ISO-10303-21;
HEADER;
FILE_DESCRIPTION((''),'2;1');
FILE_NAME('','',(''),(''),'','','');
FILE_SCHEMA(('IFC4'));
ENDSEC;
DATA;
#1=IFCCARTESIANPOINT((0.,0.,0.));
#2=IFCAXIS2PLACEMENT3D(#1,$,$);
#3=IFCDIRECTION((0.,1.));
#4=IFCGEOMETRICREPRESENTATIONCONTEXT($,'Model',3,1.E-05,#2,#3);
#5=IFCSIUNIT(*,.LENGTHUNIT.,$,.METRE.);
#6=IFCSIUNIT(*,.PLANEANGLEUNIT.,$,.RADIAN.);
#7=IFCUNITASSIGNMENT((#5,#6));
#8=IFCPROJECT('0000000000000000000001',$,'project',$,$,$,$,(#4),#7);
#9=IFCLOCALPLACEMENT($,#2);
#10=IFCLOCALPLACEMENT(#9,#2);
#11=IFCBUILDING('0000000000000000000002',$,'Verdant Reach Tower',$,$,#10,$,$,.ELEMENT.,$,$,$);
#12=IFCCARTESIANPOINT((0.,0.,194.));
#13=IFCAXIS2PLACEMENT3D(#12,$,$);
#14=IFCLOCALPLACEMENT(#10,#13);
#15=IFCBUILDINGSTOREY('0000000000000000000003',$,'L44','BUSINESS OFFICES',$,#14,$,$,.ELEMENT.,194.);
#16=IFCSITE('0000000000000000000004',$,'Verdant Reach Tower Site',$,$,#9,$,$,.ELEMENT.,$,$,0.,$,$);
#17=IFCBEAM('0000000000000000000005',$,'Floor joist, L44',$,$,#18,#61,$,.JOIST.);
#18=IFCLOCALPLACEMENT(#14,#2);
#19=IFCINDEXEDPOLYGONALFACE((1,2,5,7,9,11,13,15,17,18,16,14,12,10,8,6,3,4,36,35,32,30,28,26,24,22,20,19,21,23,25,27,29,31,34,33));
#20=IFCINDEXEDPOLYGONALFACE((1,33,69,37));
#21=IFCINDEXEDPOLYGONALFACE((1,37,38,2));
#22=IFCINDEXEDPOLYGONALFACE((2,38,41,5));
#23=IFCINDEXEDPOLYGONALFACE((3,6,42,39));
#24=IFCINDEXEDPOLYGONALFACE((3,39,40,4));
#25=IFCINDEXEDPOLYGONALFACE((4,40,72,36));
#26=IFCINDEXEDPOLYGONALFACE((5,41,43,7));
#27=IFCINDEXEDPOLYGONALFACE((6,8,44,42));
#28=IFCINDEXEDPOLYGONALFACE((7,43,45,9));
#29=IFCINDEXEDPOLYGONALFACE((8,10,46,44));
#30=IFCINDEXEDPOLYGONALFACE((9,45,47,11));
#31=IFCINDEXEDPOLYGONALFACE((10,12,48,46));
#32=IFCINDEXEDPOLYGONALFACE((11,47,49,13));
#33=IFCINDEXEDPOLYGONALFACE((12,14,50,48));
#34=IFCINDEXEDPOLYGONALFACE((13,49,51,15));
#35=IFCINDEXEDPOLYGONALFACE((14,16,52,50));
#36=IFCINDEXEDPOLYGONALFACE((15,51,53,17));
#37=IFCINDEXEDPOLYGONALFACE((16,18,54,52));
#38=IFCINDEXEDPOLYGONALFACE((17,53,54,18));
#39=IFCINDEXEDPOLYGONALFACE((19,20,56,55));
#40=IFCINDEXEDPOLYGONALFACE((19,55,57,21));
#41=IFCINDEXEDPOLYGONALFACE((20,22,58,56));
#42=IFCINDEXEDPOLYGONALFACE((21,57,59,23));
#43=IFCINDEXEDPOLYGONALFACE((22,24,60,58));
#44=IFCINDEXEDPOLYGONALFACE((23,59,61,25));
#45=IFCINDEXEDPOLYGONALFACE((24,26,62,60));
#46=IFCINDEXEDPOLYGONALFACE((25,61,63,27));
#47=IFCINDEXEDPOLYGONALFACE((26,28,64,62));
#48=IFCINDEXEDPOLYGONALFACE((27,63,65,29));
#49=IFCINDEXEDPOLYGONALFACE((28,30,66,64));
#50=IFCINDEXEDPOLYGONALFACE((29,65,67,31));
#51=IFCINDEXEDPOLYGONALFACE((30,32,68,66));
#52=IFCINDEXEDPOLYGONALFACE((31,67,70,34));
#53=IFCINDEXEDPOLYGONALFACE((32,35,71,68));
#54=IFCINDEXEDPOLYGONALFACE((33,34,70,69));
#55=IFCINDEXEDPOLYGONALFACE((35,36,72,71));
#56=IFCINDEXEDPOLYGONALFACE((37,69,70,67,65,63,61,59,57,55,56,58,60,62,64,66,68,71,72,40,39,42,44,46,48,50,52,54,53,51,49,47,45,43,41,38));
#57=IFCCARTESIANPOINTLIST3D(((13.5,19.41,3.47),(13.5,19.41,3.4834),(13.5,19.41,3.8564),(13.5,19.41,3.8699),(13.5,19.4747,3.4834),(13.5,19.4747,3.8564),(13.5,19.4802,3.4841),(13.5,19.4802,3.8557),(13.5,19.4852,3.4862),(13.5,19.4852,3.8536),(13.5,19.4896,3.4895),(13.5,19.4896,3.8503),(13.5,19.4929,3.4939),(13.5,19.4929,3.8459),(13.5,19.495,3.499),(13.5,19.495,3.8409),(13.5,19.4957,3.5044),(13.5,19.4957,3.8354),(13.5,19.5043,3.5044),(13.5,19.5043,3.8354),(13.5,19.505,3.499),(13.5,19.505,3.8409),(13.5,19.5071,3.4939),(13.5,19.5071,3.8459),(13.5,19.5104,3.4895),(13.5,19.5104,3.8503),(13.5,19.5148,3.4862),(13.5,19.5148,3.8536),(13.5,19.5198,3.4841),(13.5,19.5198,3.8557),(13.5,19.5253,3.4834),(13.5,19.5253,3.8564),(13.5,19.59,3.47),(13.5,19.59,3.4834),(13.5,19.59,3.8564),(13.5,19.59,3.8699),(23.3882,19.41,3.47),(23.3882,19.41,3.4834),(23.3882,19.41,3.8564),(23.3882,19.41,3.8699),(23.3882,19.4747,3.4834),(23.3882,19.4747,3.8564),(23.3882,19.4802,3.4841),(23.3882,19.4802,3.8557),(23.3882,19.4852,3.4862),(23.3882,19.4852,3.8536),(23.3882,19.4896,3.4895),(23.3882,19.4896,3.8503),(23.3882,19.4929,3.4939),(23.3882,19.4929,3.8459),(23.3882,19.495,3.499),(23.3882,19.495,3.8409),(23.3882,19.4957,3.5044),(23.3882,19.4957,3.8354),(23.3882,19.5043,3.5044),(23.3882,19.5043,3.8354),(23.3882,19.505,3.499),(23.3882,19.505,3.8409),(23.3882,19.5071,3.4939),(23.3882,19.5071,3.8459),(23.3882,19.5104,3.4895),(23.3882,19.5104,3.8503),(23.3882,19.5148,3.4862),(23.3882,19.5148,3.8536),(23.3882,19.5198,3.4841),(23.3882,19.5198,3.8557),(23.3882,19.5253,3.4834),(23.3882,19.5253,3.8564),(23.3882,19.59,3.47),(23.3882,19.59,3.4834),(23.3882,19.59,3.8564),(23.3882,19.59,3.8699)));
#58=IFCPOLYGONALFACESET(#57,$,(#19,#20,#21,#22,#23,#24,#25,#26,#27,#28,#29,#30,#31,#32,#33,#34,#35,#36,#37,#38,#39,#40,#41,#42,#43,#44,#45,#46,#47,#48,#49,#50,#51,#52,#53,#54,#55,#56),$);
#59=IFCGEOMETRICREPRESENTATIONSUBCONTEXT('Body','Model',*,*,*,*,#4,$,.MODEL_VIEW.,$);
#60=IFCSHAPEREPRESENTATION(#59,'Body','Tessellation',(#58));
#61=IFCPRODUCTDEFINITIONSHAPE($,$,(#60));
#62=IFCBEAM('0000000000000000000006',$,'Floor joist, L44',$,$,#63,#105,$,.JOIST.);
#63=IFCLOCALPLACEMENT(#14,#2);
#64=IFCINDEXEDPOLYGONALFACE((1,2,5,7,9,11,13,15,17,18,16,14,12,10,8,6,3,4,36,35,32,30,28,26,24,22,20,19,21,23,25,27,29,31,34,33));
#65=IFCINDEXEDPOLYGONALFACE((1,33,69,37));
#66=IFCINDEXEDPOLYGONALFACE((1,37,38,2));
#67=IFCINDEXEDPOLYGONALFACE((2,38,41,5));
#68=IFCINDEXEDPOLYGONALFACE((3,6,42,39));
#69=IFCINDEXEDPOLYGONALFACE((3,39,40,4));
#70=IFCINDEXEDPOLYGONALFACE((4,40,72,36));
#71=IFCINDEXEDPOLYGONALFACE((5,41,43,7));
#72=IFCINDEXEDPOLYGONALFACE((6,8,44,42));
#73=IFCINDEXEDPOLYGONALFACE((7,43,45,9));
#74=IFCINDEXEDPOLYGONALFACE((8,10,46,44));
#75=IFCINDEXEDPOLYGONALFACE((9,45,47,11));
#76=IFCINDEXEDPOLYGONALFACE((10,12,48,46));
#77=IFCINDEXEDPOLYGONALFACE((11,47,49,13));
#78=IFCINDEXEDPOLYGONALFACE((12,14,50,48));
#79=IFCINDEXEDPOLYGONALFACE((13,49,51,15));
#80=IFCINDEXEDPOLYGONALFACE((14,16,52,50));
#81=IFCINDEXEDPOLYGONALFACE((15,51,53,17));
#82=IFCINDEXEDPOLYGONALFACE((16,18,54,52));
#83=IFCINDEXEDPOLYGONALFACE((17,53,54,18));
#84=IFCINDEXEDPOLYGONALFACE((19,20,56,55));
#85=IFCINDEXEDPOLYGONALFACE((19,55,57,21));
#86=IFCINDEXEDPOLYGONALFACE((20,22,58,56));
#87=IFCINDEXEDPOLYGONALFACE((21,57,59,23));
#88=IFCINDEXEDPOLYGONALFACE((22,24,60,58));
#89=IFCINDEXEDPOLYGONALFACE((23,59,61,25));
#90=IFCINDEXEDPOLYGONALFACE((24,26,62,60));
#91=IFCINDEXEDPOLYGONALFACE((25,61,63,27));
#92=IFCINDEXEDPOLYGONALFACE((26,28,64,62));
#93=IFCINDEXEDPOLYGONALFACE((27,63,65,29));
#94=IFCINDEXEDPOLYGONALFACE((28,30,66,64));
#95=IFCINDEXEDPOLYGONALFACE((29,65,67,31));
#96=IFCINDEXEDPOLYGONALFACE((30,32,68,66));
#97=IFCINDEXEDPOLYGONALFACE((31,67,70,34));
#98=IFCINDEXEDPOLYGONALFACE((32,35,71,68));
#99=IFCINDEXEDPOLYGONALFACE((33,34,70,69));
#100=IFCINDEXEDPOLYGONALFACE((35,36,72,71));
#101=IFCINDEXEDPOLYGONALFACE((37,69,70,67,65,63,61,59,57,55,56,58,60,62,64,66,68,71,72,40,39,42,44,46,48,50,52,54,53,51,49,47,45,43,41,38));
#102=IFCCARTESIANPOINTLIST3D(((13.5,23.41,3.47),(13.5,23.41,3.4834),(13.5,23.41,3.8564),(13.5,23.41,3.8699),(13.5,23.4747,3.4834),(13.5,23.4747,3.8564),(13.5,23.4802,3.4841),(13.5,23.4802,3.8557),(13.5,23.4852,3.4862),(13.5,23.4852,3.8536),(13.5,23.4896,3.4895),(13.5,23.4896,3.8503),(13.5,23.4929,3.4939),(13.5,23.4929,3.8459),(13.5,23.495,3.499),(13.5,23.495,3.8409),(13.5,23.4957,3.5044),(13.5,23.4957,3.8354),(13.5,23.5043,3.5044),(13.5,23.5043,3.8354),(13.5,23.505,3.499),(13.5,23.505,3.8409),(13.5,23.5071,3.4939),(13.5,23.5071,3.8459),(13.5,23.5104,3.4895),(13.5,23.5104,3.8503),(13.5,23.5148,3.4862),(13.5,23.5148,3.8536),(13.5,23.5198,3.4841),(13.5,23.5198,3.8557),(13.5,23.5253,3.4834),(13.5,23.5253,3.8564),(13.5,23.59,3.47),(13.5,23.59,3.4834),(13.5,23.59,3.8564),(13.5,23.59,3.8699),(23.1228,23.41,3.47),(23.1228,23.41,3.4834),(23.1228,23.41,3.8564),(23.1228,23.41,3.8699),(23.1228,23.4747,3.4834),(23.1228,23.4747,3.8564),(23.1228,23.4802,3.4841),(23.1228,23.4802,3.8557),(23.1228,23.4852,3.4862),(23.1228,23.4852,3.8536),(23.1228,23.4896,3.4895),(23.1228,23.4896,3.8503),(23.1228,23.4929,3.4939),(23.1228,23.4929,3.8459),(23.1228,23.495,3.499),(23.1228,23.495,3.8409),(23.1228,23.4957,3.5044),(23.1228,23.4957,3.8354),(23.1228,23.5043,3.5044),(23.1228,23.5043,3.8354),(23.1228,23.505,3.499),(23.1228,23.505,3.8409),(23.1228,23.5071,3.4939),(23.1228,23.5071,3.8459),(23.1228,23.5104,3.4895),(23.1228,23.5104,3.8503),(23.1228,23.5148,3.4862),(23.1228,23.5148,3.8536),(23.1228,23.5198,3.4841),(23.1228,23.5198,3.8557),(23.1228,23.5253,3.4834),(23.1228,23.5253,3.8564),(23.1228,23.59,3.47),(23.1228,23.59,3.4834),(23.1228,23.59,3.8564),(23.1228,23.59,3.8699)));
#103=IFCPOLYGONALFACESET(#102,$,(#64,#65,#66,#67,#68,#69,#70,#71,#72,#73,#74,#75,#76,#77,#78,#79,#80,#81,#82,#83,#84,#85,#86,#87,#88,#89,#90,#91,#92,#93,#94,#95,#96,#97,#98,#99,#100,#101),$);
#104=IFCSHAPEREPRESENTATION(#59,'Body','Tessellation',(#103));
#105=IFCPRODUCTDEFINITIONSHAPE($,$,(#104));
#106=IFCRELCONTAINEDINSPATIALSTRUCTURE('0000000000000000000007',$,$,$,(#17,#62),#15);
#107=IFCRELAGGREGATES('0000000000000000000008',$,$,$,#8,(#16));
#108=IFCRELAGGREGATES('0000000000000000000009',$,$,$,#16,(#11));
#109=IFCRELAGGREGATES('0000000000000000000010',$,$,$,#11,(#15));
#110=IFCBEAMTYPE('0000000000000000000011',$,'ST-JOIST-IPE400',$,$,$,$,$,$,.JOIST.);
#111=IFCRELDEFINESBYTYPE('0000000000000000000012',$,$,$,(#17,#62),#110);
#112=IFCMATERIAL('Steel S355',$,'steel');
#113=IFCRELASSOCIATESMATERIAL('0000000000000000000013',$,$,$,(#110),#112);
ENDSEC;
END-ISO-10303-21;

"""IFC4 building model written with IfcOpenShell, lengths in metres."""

from ifc_helpers import new_model, si_unit, direction, frame, origin, origin_2d, place, context, subcontext, project, spatial, i_section, extrude, material, material_profile, profile_set, type_object, element, save


model = new_model("IFC4")

# Units and contexts
model_context = context("Model", 3, precision=1e-05, world=origin(), true_north=direction((0.0, 1.0)))
body_context = subcontext(model_context, "Body", "Model", "MODEL_VIEW")
ifc_project = project(units=[si_unit("LENGTHUNIT", "METRE"), si_unit("PLANEANGLEUNIT", "RADIAN")], contexts=[model_context])

# Site, building, storey
site_placement = place(None, origin())
site = spatial("IfcSite", under=ifc_project, at=site_placement, Name="Verdant Reach Tower Site", CompositionType="ELEMENT", RefElevation=0.0)
building_placement = place(site_placement, origin())
building = spatial("IfcBuilding", under=site, at=building_placement, Name="Verdant Reach Tower", CompositionType="ELEMENT")
storey_placement = place(building_placement, frame((0.0, 0.0, 194.0)))
storey = spatial("IfcBuildingStorey", under=building, at=storey_placement, Name="L44", Description="BUSINESS OFFICES", CompositionType="ELEMENT", Elevation=194.0)

# Beams
ifc_material_1 = material(Name="Steel S355", Category="steel")
ifc_material_profile = material_profile(ifc_material_1, i_section(OverallWidth=0.1799, OverallDepth=0.3999, WebThickness=0.0085, FlangeThickness=0.0134, FilletRadius=0.021, at=origin_2d()), Name="IPE 400")
ifc_profile_set = profile_set([ifc_material_profile], Name="Steel S355")
beam_type = type_object("IfcBeamType", Name="ST-JOIST-IPE400", PredefinedType="JOIST", material=ifc_profile_set)
beam_1_placement = place(storey_placement, frame((13.5, 19.5, 3.6699), z_axis=(1.0, 0.0, 0.0), x_axis=(0.0, 1.0, 0.0)))
element("IfcBeam", 1, at=beam_1_placement, inside=storey, type_object=beam_type, Name="Floor joist, L44", PredefinedType="JOIST", context=body_context, shape_type="SweptSolid", body=[
    extrude(i_section(OverallWidth=0.1799, OverallDepth=0.3999, WebThickness=0.0085, FlangeThickness=0.0134, FilletRadius=0.021, at=origin_2d()), origin(), (0.0, 0.0, 1.0), 9.8882),
])
beam_2_placement = place(storey_placement, frame((13.5, 23.5, 3.6699), z_axis=(1.0, 0.0, 0.0), x_axis=(0.0, 1.0, 0.0)))
element("IfcBeam", 2, at=beam_2_placement, inside=storey, type_object=beam_type, Name="Floor joist, L44", PredefinedType="JOIST", context=body_context, shape_type="SweptSolid", body=[
    extrude(i_section(OverallWidth=0.1799, OverallDepth=0.3999, WebThickness=0.0085, FlangeThickness=0.0134, FilletRadius=0.021, at=origin_2d()), origin(), (0.0, 0.0, 1.0), 9.6228),
])

save(model, "model.ifc")
